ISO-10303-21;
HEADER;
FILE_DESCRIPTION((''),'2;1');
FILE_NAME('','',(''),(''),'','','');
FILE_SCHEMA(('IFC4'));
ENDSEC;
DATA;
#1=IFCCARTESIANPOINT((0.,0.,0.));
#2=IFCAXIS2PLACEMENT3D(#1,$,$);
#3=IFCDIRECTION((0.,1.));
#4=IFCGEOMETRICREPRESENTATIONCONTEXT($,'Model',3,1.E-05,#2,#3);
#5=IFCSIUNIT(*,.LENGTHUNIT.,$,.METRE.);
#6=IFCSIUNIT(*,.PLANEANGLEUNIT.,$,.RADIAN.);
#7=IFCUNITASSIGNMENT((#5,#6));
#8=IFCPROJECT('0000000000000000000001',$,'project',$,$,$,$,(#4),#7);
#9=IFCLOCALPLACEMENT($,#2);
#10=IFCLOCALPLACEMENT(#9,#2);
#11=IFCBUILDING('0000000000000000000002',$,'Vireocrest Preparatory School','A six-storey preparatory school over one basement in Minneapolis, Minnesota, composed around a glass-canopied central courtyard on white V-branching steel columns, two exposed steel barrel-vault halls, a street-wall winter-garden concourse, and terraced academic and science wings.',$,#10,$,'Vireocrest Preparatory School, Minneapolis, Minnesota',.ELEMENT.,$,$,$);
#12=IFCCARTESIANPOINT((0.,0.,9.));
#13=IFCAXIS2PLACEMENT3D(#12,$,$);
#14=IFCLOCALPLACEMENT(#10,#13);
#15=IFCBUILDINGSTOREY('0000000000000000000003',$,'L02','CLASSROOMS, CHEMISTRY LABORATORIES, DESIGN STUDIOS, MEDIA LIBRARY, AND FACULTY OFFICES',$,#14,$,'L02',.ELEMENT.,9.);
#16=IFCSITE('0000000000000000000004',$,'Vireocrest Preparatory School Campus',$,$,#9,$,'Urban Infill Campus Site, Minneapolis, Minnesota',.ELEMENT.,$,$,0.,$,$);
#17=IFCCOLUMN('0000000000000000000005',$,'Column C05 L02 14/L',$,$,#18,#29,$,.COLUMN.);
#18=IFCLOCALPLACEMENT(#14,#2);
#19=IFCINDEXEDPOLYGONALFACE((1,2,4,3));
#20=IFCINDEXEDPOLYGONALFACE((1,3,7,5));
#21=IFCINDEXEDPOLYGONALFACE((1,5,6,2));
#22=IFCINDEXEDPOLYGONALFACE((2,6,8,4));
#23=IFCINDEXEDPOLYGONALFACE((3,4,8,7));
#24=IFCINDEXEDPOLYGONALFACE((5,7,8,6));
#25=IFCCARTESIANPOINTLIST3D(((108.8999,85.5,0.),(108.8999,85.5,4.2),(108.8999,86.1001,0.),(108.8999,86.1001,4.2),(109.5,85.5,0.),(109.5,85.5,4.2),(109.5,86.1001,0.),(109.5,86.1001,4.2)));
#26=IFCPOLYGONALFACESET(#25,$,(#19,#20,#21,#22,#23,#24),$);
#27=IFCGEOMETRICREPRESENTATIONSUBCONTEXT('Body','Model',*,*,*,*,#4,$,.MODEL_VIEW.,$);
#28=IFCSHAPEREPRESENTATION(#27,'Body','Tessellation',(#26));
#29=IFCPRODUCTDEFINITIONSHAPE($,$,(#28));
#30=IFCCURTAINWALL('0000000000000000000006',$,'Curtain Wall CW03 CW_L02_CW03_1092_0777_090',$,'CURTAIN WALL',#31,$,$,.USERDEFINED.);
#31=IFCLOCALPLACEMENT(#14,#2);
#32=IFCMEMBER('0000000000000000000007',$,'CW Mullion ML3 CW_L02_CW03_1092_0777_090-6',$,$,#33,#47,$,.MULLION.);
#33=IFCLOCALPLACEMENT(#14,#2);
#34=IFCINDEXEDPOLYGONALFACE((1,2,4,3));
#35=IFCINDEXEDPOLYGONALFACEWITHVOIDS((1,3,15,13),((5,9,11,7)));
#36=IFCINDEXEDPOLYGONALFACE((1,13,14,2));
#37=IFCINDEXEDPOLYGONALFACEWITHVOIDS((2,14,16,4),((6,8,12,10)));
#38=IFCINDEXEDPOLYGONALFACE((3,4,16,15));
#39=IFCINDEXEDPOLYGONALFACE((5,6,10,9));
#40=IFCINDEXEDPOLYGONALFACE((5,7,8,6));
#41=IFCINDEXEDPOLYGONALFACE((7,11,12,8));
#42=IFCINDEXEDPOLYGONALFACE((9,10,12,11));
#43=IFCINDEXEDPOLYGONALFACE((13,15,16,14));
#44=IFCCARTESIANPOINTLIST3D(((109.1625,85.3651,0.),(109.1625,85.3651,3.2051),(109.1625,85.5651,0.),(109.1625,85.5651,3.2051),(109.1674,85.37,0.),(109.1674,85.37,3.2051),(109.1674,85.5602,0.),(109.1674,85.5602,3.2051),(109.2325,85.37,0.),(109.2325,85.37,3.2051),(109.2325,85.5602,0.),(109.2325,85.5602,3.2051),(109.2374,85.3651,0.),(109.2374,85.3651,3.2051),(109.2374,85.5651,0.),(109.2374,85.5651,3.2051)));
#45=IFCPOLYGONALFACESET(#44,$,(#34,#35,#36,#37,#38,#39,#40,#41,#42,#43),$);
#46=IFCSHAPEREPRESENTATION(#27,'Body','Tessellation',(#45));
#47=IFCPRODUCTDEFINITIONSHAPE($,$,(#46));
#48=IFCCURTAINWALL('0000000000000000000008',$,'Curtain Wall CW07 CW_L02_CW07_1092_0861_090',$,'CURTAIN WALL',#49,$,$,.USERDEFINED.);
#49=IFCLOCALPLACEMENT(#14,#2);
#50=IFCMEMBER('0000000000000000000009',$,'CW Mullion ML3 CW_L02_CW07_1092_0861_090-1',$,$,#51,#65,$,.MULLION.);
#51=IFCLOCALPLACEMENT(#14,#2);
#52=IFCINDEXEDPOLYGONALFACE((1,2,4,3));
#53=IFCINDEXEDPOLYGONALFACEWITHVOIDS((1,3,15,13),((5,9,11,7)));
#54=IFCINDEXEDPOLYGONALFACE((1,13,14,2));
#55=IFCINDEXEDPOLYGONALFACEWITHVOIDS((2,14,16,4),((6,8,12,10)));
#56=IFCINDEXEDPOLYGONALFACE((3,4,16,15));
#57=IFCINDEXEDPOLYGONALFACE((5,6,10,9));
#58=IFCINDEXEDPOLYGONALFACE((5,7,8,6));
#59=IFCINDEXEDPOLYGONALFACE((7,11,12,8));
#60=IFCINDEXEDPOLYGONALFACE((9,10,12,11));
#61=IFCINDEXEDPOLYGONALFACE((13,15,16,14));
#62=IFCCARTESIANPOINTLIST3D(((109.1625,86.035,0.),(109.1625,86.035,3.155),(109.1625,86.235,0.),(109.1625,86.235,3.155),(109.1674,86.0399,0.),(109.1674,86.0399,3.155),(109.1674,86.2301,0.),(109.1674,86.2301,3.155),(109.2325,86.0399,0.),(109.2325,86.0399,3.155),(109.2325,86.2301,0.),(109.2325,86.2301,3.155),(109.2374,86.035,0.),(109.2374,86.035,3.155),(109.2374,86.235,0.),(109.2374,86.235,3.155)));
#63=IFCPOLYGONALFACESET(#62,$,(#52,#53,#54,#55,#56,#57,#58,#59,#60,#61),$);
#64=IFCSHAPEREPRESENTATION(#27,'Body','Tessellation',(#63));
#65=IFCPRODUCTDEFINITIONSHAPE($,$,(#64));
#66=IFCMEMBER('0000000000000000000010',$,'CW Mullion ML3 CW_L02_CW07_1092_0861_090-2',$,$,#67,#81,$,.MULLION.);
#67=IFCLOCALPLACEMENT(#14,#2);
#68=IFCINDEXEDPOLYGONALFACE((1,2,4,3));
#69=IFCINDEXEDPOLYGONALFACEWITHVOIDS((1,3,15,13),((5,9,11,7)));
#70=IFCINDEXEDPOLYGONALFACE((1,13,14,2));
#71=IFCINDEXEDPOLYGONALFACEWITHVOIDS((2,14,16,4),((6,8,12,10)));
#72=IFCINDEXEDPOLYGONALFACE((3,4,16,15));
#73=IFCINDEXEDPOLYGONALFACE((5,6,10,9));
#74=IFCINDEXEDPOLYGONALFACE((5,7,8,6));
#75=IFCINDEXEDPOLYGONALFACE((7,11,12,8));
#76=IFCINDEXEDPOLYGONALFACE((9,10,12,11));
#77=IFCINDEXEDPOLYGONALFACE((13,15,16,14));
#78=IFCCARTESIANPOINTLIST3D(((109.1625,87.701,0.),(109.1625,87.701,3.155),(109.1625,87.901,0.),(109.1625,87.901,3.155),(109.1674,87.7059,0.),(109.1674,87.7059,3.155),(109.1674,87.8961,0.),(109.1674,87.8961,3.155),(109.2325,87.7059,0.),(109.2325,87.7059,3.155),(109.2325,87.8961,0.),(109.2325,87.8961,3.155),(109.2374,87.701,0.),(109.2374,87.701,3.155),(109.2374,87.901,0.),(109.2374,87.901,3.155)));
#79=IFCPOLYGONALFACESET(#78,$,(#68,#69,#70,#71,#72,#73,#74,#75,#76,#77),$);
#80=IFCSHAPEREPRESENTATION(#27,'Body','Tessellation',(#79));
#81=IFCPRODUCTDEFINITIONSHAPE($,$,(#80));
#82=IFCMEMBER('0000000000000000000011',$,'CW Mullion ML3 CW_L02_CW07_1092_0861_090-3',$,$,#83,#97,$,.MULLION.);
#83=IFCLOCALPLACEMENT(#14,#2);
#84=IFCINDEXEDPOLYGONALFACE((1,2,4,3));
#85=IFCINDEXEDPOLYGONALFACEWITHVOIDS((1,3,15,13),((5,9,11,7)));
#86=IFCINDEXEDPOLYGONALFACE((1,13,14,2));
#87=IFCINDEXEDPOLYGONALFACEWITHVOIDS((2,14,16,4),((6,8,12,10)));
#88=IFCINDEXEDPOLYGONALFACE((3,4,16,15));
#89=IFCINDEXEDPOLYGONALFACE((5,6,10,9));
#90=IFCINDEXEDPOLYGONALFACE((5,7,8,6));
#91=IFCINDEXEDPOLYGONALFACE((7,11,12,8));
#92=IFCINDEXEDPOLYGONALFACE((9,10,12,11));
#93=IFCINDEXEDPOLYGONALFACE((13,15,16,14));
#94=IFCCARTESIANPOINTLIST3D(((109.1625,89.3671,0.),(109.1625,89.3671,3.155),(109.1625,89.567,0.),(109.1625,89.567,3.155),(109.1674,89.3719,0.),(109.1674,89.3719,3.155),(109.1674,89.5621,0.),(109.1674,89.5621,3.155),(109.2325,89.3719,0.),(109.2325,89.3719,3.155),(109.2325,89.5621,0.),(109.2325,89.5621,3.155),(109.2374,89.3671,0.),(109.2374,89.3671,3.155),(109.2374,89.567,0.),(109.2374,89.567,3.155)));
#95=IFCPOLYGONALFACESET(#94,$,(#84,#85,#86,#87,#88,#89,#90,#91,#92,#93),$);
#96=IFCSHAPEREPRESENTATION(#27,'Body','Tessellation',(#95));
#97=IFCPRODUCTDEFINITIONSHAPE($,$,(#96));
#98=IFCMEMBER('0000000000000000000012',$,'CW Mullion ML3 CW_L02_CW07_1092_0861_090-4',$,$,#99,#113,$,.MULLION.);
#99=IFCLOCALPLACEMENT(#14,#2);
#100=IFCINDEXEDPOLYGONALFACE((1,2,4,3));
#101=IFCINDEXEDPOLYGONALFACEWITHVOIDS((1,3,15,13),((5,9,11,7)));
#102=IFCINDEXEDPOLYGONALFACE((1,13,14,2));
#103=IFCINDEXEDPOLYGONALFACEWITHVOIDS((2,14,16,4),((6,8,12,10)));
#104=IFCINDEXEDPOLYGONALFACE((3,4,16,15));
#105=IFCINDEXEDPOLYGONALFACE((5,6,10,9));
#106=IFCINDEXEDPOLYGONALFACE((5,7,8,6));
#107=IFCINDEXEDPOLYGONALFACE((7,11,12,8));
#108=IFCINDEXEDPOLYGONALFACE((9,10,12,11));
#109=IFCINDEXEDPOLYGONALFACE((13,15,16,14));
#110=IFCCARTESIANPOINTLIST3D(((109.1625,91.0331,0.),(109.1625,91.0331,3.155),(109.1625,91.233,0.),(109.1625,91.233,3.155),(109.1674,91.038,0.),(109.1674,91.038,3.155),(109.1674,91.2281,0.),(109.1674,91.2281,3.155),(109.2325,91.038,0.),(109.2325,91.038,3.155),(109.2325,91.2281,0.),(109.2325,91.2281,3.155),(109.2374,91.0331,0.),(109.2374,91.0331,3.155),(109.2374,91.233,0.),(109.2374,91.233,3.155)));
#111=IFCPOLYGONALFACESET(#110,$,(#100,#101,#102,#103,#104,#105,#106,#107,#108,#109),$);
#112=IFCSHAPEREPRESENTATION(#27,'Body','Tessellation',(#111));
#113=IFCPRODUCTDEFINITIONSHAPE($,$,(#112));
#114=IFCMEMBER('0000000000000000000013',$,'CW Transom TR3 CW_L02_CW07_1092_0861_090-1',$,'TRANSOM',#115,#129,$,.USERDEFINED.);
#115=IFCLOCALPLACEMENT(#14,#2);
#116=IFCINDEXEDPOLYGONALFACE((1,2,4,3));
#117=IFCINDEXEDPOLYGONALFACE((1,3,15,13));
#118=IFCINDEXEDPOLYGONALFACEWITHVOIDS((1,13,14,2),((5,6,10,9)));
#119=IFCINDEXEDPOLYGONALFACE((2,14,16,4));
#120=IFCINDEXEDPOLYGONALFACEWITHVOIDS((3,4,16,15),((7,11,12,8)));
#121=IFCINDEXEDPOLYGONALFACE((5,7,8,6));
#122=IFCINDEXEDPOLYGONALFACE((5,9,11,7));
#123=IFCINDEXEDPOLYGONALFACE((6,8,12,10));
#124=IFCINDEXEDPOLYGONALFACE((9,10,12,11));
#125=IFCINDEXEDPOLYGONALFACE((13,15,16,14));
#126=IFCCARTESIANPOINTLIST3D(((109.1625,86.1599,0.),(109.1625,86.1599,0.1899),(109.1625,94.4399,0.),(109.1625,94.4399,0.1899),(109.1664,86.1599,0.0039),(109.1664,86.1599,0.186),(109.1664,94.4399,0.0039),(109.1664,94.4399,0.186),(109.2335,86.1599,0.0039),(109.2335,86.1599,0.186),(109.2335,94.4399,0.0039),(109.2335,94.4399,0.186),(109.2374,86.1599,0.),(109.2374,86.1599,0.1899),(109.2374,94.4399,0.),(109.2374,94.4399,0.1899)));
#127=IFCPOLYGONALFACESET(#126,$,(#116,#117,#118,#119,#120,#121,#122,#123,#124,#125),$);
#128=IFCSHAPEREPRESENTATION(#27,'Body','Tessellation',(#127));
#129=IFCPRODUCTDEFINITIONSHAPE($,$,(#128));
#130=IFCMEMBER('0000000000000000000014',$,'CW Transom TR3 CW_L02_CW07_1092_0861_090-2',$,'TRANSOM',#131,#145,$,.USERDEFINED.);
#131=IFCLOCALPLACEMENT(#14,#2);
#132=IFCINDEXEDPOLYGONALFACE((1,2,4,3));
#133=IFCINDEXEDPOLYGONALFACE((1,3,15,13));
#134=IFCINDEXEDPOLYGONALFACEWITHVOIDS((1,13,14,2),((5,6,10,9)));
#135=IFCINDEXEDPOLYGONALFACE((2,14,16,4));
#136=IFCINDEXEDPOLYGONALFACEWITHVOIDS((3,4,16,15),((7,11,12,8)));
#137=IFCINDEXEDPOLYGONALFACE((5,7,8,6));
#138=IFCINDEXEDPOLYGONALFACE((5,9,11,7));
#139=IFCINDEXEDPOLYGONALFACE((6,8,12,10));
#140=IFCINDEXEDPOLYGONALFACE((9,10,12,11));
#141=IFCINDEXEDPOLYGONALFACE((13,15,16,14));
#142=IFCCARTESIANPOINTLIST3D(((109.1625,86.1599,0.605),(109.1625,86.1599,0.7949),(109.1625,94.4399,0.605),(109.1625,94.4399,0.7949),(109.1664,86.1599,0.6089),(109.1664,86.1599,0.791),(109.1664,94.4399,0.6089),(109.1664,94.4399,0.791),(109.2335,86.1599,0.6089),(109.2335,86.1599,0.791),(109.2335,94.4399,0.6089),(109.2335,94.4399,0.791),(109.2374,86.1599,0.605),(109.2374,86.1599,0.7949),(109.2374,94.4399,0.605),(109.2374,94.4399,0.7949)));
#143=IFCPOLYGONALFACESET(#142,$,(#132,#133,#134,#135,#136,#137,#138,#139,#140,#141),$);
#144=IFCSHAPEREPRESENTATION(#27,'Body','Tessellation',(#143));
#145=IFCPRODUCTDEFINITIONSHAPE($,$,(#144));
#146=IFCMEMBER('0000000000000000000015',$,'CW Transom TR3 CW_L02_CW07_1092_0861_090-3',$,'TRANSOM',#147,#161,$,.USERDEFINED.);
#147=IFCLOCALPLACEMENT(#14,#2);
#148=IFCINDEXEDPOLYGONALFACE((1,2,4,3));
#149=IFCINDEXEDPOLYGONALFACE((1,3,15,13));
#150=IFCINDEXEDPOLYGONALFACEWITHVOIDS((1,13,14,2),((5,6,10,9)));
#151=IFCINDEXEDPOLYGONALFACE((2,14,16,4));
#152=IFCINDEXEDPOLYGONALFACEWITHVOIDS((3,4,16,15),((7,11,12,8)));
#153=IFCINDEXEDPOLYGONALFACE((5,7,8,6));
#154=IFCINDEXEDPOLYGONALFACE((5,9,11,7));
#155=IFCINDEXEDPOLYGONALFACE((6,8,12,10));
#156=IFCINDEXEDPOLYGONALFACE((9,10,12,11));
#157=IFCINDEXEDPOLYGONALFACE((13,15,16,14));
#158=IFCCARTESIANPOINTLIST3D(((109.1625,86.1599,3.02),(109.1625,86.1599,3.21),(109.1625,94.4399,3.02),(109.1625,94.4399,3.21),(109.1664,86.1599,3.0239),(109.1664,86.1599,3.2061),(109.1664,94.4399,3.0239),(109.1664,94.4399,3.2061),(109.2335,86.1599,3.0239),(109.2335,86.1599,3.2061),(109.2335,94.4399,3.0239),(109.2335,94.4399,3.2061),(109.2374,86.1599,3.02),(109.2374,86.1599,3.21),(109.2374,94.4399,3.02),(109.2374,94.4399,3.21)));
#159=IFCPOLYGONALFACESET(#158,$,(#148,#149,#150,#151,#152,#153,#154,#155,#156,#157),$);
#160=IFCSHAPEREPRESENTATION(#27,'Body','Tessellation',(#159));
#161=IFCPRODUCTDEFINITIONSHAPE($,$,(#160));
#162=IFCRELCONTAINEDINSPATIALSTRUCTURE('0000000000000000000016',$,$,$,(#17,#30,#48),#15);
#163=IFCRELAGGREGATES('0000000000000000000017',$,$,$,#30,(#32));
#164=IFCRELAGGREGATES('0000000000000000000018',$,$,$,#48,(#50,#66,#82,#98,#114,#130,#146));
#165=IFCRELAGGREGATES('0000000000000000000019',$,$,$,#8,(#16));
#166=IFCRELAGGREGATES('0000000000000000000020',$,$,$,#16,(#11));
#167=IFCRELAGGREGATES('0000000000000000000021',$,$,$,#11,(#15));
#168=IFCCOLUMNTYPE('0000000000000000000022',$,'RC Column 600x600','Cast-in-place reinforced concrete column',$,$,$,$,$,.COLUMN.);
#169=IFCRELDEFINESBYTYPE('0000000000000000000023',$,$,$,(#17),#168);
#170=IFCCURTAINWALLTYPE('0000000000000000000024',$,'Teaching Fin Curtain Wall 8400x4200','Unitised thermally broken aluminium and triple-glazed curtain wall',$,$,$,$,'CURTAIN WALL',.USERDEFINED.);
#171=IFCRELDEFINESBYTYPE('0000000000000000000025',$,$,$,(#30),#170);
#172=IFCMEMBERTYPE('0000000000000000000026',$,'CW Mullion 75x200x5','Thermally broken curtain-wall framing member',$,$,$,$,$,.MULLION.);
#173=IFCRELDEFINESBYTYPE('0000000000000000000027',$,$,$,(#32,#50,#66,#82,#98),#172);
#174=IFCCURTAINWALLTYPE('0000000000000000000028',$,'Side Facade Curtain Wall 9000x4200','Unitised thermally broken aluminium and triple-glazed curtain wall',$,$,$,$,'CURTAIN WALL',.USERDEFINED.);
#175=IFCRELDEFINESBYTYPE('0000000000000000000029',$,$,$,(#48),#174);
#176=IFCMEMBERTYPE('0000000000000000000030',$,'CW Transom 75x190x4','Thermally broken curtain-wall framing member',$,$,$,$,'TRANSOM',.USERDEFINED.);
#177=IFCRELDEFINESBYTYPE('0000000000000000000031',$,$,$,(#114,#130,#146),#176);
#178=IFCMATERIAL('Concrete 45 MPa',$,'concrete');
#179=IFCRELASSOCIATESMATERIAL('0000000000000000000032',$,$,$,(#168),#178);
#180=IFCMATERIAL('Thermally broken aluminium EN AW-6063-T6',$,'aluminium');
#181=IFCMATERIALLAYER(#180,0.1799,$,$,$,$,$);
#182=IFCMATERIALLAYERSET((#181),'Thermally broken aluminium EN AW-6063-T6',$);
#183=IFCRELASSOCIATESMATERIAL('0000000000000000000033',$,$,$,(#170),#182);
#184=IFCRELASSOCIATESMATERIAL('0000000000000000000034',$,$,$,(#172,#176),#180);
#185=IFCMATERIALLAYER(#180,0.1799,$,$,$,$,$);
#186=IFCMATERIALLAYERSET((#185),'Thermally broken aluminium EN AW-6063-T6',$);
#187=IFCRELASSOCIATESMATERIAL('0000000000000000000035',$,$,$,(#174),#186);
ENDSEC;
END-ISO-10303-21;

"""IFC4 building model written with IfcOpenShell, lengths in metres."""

from ifc_helpers import new_model, si_unit, direction, frame, origin, origin_2d, place, context, subcontext, project, spatial, rectangle, hollow_rectangle, extrude, material, layer, layer_set, material_profile, profile_set, type_object, element, aggregate, save


model = new_model("IFC4")

# Units and contexts
model_context = context("Model", 3, precision=1e-05, world=origin(), true_north=direction((0.0, 1.0)))
body_context = subcontext(model_context, "Body", "Model", "MODEL_VIEW")
ifc_project = project(units=[si_unit("LENGTHUNIT", "METRE"), si_unit("PLANEANGLEUNIT", "RADIAN")], contexts=[model_context])

# Site, building, storey
site_placement = place(None, origin())
site = spatial("IfcSite", under=ifc_project, at=site_placement, Name="Vireocrest Preparatory School Campus", LongName="Urban Infill Campus Site, Minneapolis, Minnesota", CompositionType="ELEMENT", RefElevation=0.0)
building_placement = place(site_placement, origin())
building = spatial("IfcBuilding", under=site, at=building_placement, Name="Vireocrest Preparatory School", Description="A six-storey preparatory school over one basement in Minneapolis, Minnesota, composed around a glass-canopied central courtyard on white V-branching steel columns, two exposed steel barrel-vault halls, a street-wall winter-garden concourse, and terraced academic and science wings.", LongName="Vireocrest Preparatory School, Minneapolis, Minnesota", CompositionType="ELEMENT")
storey_placement = place(building_placement, frame((0.0, 0.0, 9.0)))
storey = spatial("IfcBuildingStorey", under=building, at=storey_placement, Name="L02", Description="CLASSROOMS, CHEMISTRY LABORATORIES, DESIGN STUDIOS, MEDIA LIBRARY, AND FACULTY OFFICES", LongName="L02", CompositionType="ELEMENT", Elevation=9.0)

# Column
ifc_material_1 = material(Name="Concrete 45 MPa", Category="concrete")
ifc_material_profile_1 = material_profile(ifc_material_1, rectangle(XDim=0.6001, YDim=0.6001, at=origin_2d()), Name="RC 600x600")
ifc_profile_set_1 = profile_set([ifc_material_profile_1], Name="Concrete 45 MPa")
column_type = type_object("IfcColumnType", Name="RC Column 600x600", Description="Cast-in-place reinforced concrete column", PredefinedType="COLUMN", material=ifc_profile_set_1)
column_placement = place(storey_placement, frame((109.2, 85.8, 0.0), z_axis=(0.0, 0.0, 1.0), x_axis=(1.0, 0.0, 0.0)))
element("IfcColumn", 1, at=column_placement, inside=storey, type_object=column_type, Name="Column C05 L02 14/L", PredefinedType="COLUMN", context=body_context, shape_type="SweptSolid", body=[
    extrude(rectangle(XDim=0.6001, YDim=0.6001, at=origin_2d()), origin(), (0.0, 0.0, 1.0), 4.2),
])

# Curtain wall, member
ifc_material_2 = material(Name="Thermally broken aluminium EN AW-6063-T6", Category="aluminium")
ifc_layer_1 = layer(ifc_material_2, 0.1799)
ifc_layer_set_1 = layer_set([ifc_layer_1], Name="Thermally broken aluminium EN AW-6063-T6")
curtain_wall_type_1 = type_object("IfcCurtainWallType", Name="Teaching Fin Curtain Wall 8400x4200", Description="Unitised thermally broken aluminium and triple-glazed curtain wall", ElementType="CURTAIN WALL", PredefinedType="USERDEFINED", material=ifc_layer_set_1)
curtain_wall_1_placement = place(storey_placement, origin())
curtain_wall_1 = element("IfcCurtainWall", 2, at=curtain_wall_1_placement, inside=storey, type_object=curtain_wall_type_1, Name="Curtain Wall CW03 CW_L02_CW03_1092_0777_090", ObjectType="CURTAIN WALL", PredefinedType="USERDEFINED")
ifc_material_profile_2 = material_profile(ifc_material_2, hollow_rectangle(XDim=0.075, YDim=0.2, WallThickness=0.0049, at=origin_2d()), Name="ALU 75x200x5")
ifc_profile_set_2 = profile_set([ifc_material_profile_2], Name="Thermally broken aluminium EN AW-6063-T6")
member_type_1 = type_object("IfcMemberType", Name="CW Mullion 75x200x5", Description="Thermally broken curtain-wall framing member", PredefinedType="MULLION", material=ifc_profile_set_2)
member_1_placement = place(storey_placement, frame((109.2, 85.4651, 0.0), z_axis=(0.0, 0.0, 1.0), x_axis=(1.0, 0.0, 0.0)))
member_1 = element("IfcMember", 3, at=member_1_placement, type_object=member_type_1, Name="CW Mullion ML3 CW_L02_CW03_1092_0777_090-6", PredefinedType="MULLION", context=body_context, shape_type="SweptSolid", body=[
    extrude(hollow_rectangle(XDim=0.075, YDim=0.2, WallThickness=0.0049, at=origin_2d()), origin(), (0.0, 0.0, 1.0), 3.2051),
])
aggregate(curtain_wall_1, [member_1])

# Curtain wall, members
ifc_layer_2 = layer(ifc_material_2, 0.1799)
ifc_layer_set_2 = layer_set([ifc_layer_2], Name="Thermally broken aluminium EN AW-6063-T6")
curtain_wall_type_2 = type_object("IfcCurtainWallType", Name="Side Facade Curtain Wall 9000x4200", Description="Unitised thermally broken aluminium and triple-glazed curtain wall", ElementType="CURTAIN WALL", PredefinedType="USERDEFINED", material=ifc_layer_set_2)
curtain_wall_2_placement = place(storey_placement, origin())
curtain_wall_2 = element("IfcCurtainWall", 4, at=curtain_wall_2_placement, inside=storey, type_object=curtain_wall_type_2, Name="Curtain Wall CW07 CW_L02_CW07_1092_0861_090", ObjectType="CURTAIN WALL", PredefinedType="USERDEFINED")
member_2_placement = place(storey_placement, frame((109.2, 86.135, 0.0), z_axis=(0.0, 0.0, 1.0), x_axis=(1.0, 0.0, 0.0)))
member_2 = element("IfcMember", 5, at=member_2_placement, type_object=member_type_1, Name="CW Mullion ML3 CW_L02_CW07_1092_0861_090-1", PredefinedType="MULLION", context=body_context, shape_type="SweptSolid", body=[
    extrude(hollow_rectangle(XDim=0.075, YDim=0.2, WallThickness=0.0049, at=origin_2d()), origin(), (0.0, 0.0, 1.0), 3.155),
])
member_3_placement = place(storey_placement, frame((109.2, 87.801, 0.0), z_axis=(0.0, 0.0, 1.0), x_axis=(1.0, 0.0, 0.0)))
member_3 = element("IfcMember", 6, at=member_3_placement, type_object=member_type_1, Name="CW Mullion ML3 CW_L02_CW07_1092_0861_090-2", PredefinedType="MULLION", context=body_context, shape_type="SweptSolid", body=[
    extrude(hollow_rectangle(XDim=0.075, YDim=0.2, WallThickness=0.0049, at=origin_2d()), origin(), (0.0, 0.0, 1.0), 3.155),
])
member_4_placement = place(storey_placement, frame((109.2, 89.467, 0.0), z_axis=(0.0, 0.0, 1.0), x_axis=(1.0, 0.0, 0.0)))
member_4 = element("IfcMember", 7, at=member_4_placement, type_object=member_type_1, Name="CW Mullion ML3 CW_L02_CW07_1092_0861_090-3", PredefinedType="MULLION", context=body_context, shape_type="SweptSolid", body=[
    extrude(hollow_rectangle(XDim=0.075, YDim=0.2, WallThickness=0.0049, at=origin_2d()), origin(), (0.0, 0.0, 1.0), 3.155),
])
member_5_placement = place(storey_placement, frame((109.2, 91.1331, 0.0), z_axis=(0.0, 0.0, 1.0), x_axis=(1.0, 0.0, 0.0)))
member_5 = element("IfcMember", 8, at=member_5_placement, type_object=member_type_1, Name="CW Mullion ML3 CW_L02_CW07_1092_0861_090-4", PredefinedType="MULLION", context=body_context, shape_type="SweptSolid", body=[
    extrude(hollow_rectangle(XDim=0.075, YDim=0.2, WallThickness=0.0049, at=origin_2d()), origin(), (0.0, 0.0, 1.0), 3.155),
])
ifc_material_profile_3 = material_profile(ifc_material_2, hollow_rectangle(XDim=0.075, YDim=0.1899, WallThickness=0.0039, at=origin_2d()), Name="ALU 75x190x4")
ifc_profile_set_3 = profile_set([ifc_material_profile_3], Name="Thermally broken aluminium EN AW-6063-T6")
member_type_2 = type_object("IfcMemberType", Name="CW Transom 75x190x4", Description="Thermally broken curtain-wall framing member", ElementType="TRANSOM", PredefinedType="USERDEFINED", material=ifc_profile_set_3)
member_6_placement = place(storey_placement, frame((109.2, 86.1599, 0.095), z_axis=(0.0, 1.0, 0.0), x_axis=(-1.0, 0.0, 0.0)))
member_6 = element("IfcMember", 9, at=member_6_placement, type_object=member_type_2, Name="CW Transom TR3 CW_L02_CW07_1092_0861_090-1", ObjectType="TRANSOM", PredefinedType="USERDEFINED", context=body_context, shape_type="SweptSolid", body=[
    extrude(hollow_rectangle(XDim=0.075, YDim=0.1899, WallThickness=0.0039, at=origin_2d()), origin(), (0.0, 0.0, 1.0), 8.28),
])
member_7_placement = place(storey_placement, frame((109.2, 86.1599, 0.7), z_axis=(0.0, 1.0, 0.0), x_axis=(-1.0, 0.0, 0.0)))
member_7 = element("IfcMember", 10, at=member_7_placement, type_object=member_type_2, Name="CW Transom TR3 CW_L02_CW07_1092_0861_090-2", ObjectType="TRANSOM", PredefinedType="USERDEFINED", context=body_context, shape_type="SweptSolid", body=[
    extrude(hollow_rectangle(XDim=0.075, YDim=0.1899, WallThickness=0.0039, at=origin_2d()), origin(), (0.0, 0.0, 1.0), 8.28),
])
member_8_placement = place(storey_placement, frame((109.2, 86.1599, 3.115), z_axis=(0.0, 1.0, 0.0), x_axis=(-1.0, 0.0, 0.0)))
member_8 = element("IfcMember", 11, at=member_8_placement, type_object=member_type_2, Name="CW Transom TR3 CW_L02_CW07_1092_0861_090-3", ObjectType="TRANSOM", PredefinedType="USERDEFINED", context=body_context, shape_type="SweptSolid", body=[
    extrude(hollow_rectangle(XDim=0.075, YDim=0.1899, WallThickness=0.0039, at=origin_2d()), origin(), (0.0, 0.0, 1.0), 8.28),
])

aggregate(curtain_wall_2, [member_2, member_3, member_4, member_5, member_6, member_7, member_8])

save(model, "model.ifc")
